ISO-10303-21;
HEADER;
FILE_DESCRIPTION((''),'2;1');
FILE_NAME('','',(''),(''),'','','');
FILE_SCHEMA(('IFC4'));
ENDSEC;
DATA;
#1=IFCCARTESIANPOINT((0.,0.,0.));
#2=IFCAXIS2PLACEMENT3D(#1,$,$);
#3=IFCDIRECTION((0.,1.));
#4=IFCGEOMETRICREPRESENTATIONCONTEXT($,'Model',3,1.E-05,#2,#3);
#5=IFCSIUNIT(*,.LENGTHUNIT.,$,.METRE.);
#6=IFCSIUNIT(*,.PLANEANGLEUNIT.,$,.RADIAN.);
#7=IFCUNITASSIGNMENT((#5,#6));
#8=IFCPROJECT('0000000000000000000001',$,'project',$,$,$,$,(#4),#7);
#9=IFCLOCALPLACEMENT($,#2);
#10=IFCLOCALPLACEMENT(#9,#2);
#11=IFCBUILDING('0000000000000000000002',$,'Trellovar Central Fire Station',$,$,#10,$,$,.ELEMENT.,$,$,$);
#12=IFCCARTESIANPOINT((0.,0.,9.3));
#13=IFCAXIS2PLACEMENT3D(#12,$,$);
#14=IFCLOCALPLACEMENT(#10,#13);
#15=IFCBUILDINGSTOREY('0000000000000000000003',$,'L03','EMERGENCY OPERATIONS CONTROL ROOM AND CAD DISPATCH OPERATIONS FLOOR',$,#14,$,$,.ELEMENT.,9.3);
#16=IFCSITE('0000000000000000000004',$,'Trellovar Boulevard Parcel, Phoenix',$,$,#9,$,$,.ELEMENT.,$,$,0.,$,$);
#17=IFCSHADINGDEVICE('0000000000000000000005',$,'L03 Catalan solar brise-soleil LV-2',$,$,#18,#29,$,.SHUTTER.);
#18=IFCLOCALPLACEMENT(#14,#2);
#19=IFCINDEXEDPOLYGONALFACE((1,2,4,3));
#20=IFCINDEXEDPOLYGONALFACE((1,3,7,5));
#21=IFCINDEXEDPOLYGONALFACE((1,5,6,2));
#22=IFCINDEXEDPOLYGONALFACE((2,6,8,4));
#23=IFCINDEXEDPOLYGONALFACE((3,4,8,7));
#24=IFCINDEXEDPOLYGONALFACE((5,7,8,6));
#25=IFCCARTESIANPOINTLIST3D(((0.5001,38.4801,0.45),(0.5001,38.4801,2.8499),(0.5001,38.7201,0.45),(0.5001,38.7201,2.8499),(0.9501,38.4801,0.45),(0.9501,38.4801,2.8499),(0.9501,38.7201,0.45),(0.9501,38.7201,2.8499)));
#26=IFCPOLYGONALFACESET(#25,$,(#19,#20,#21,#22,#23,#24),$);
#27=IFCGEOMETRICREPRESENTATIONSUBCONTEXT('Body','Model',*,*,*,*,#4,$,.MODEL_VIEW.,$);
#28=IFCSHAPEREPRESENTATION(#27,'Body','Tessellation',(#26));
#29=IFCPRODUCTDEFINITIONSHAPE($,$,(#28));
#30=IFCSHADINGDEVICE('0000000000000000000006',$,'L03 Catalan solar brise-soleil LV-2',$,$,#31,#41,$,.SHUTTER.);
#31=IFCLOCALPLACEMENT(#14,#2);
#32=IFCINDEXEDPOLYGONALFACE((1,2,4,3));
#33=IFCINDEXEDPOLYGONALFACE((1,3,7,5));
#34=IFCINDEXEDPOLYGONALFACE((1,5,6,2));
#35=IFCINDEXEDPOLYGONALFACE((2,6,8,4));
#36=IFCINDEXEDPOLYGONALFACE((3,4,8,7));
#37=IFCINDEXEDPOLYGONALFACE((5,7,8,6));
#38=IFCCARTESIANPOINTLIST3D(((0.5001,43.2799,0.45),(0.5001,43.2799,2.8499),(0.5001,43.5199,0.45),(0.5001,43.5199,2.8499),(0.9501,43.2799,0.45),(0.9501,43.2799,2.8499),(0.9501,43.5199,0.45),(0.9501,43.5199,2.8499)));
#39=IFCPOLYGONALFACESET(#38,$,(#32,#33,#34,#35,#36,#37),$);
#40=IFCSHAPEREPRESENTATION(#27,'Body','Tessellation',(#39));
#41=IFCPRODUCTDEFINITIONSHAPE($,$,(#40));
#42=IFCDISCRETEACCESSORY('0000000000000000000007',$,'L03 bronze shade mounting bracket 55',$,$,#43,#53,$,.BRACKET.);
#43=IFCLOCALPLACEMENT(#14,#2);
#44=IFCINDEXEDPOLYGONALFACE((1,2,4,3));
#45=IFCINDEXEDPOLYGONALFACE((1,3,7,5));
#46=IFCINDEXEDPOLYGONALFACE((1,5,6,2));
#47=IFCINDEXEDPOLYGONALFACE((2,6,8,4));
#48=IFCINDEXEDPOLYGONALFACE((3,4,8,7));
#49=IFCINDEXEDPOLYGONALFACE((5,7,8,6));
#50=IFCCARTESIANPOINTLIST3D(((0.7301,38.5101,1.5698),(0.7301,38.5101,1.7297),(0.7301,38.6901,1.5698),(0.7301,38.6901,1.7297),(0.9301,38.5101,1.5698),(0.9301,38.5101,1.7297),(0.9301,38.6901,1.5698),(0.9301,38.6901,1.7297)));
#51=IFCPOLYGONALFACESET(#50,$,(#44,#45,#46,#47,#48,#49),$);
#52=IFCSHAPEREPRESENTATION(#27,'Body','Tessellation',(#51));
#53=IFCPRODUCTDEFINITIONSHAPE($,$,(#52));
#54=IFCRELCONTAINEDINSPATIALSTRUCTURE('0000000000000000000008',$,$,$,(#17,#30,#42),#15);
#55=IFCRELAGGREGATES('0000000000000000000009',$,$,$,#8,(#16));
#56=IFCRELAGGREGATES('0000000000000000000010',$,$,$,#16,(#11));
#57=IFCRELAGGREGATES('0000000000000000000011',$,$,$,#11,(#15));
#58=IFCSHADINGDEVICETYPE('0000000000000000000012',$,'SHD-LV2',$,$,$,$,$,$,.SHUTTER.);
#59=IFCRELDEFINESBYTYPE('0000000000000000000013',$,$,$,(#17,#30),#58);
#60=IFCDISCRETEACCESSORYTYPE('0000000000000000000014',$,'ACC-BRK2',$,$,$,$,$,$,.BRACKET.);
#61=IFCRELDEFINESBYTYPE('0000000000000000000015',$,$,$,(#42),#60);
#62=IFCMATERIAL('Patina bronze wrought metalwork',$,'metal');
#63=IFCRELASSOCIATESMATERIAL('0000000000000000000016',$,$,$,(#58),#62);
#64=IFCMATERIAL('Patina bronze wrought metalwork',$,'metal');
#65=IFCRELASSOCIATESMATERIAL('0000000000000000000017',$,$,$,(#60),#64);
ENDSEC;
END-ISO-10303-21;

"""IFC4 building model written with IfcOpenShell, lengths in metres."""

from ifc_helpers import new_model, si_unit, direction, frame, origin, origin_2d, place, context, subcontext, project, spatial, rectangle, extrude, material, type_object, element, save


model = new_model("IFC4")

# Units and contexts
model_context = context("Model", 3, precision=1e-05, world=origin(), true_north=direction((0.0, 1.0)))
body_context = subcontext(model_context, "Body", "Model", "MODEL_VIEW")
ifc_project = project(units=[si_unit("LENGTHUNIT", "METRE"), si_unit("PLANEANGLEUNIT", "RADIAN")], contexts=[model_context])

# Site, building, storey
site_placement = place(None, origin())
site = spatial("IfcSite", under=ifc_project, at=site_placement, Name="Trellovar Boulevard Parcel, Phoenix", CompositionType="ELEMENT", RefElevation=0.0)
building_placement = place(site_placement, origin())
building = spatial("IfcBuilding", under=site, at=building_placement, Name="Trellovar Central Fire Station", CompositionType="ELEMENT")
storey_placement = place(building_placement, frame((0.0, 0.0, 9.3)))
storey = spatial("IfcBuildingStorey", under=building, at=storey_placement, Name="L03", Description="EMERGENCY OPERATIONS CONTROL ROOM AND CAD DISPATCH OPERATIONS FLOOR", CompositionType="ELEMENT", Elevation=9.3)

# Shading devices
ifc_material_1 = material(Name="Patina bronze wrought metalwork", Category="metal")
shading_device_type = type_object("IfcShadingDeviceType", Name="SHD-LV2", PredefinedType="SHUTTER", material=ifc_material_1)
for number, where, z_axis, x_axis, name in (
    (1, (0.7251, 38.6001, 0.45), (0.0, 0.0, 1.0), (1.0, 0.0, 0.0), "L03 Catalan solar brise-soleil LV-2"),
    (2, (0.7251, 43.3999, 0.45), (0.0, 0.0, 1.0), (1.0, 0.0, 0.0), "L03 Catalan solar brise-soleil LV-2"),
):
    element("IfcShadingDevice", number, at=place(storey_placement, frame(where, z_axis=z_axis, x_axis=x_axis)), inside=storey, type_object=shading_device_type, Name=name, PredefinedType="SHUTTER", context=body_context, shape_type="SweptSolid", body=[
        extrude(rectangle(XDim=0.45, YDim=0.24, at=origin_2d()), origin(), (0.0, 0.0, 1.0), 2.3999),
    ])

# Discrete accessory
ifc_material_2 = material(Name="Patina bronze wrought metalwork", Category="metal")
discrete_accessory_type = type_object("IfcDiscreteAccessoryType", Name="ACC-BRK2", PredefinedType="BRACKET", material=ifc_material_2)
discrete_accessory_placement = place(storey_placement, frame((0.8301, 38.6001, 1.5698), z_axis=(0.0, 0.0, 1.0), x_axis=(1.0, 0.0, 0.0)))
element("IfcDiscreteAccessory", 3, at=discrete_accessory_placement, inside=storey, type_object=discrete_accessory_type, Name="L03 bronze shade mounting bracket 55", PredefinedType="BRACKET", context=body_context, shape_type="SweptSolid", body=[
    extrude(rectangle(XDim=0.2, YDim=0.1799, at=origin_2d()), origin(), (0.0, 0.0, 1.0), 0.1599),
])

save(model, "model.ifc")
